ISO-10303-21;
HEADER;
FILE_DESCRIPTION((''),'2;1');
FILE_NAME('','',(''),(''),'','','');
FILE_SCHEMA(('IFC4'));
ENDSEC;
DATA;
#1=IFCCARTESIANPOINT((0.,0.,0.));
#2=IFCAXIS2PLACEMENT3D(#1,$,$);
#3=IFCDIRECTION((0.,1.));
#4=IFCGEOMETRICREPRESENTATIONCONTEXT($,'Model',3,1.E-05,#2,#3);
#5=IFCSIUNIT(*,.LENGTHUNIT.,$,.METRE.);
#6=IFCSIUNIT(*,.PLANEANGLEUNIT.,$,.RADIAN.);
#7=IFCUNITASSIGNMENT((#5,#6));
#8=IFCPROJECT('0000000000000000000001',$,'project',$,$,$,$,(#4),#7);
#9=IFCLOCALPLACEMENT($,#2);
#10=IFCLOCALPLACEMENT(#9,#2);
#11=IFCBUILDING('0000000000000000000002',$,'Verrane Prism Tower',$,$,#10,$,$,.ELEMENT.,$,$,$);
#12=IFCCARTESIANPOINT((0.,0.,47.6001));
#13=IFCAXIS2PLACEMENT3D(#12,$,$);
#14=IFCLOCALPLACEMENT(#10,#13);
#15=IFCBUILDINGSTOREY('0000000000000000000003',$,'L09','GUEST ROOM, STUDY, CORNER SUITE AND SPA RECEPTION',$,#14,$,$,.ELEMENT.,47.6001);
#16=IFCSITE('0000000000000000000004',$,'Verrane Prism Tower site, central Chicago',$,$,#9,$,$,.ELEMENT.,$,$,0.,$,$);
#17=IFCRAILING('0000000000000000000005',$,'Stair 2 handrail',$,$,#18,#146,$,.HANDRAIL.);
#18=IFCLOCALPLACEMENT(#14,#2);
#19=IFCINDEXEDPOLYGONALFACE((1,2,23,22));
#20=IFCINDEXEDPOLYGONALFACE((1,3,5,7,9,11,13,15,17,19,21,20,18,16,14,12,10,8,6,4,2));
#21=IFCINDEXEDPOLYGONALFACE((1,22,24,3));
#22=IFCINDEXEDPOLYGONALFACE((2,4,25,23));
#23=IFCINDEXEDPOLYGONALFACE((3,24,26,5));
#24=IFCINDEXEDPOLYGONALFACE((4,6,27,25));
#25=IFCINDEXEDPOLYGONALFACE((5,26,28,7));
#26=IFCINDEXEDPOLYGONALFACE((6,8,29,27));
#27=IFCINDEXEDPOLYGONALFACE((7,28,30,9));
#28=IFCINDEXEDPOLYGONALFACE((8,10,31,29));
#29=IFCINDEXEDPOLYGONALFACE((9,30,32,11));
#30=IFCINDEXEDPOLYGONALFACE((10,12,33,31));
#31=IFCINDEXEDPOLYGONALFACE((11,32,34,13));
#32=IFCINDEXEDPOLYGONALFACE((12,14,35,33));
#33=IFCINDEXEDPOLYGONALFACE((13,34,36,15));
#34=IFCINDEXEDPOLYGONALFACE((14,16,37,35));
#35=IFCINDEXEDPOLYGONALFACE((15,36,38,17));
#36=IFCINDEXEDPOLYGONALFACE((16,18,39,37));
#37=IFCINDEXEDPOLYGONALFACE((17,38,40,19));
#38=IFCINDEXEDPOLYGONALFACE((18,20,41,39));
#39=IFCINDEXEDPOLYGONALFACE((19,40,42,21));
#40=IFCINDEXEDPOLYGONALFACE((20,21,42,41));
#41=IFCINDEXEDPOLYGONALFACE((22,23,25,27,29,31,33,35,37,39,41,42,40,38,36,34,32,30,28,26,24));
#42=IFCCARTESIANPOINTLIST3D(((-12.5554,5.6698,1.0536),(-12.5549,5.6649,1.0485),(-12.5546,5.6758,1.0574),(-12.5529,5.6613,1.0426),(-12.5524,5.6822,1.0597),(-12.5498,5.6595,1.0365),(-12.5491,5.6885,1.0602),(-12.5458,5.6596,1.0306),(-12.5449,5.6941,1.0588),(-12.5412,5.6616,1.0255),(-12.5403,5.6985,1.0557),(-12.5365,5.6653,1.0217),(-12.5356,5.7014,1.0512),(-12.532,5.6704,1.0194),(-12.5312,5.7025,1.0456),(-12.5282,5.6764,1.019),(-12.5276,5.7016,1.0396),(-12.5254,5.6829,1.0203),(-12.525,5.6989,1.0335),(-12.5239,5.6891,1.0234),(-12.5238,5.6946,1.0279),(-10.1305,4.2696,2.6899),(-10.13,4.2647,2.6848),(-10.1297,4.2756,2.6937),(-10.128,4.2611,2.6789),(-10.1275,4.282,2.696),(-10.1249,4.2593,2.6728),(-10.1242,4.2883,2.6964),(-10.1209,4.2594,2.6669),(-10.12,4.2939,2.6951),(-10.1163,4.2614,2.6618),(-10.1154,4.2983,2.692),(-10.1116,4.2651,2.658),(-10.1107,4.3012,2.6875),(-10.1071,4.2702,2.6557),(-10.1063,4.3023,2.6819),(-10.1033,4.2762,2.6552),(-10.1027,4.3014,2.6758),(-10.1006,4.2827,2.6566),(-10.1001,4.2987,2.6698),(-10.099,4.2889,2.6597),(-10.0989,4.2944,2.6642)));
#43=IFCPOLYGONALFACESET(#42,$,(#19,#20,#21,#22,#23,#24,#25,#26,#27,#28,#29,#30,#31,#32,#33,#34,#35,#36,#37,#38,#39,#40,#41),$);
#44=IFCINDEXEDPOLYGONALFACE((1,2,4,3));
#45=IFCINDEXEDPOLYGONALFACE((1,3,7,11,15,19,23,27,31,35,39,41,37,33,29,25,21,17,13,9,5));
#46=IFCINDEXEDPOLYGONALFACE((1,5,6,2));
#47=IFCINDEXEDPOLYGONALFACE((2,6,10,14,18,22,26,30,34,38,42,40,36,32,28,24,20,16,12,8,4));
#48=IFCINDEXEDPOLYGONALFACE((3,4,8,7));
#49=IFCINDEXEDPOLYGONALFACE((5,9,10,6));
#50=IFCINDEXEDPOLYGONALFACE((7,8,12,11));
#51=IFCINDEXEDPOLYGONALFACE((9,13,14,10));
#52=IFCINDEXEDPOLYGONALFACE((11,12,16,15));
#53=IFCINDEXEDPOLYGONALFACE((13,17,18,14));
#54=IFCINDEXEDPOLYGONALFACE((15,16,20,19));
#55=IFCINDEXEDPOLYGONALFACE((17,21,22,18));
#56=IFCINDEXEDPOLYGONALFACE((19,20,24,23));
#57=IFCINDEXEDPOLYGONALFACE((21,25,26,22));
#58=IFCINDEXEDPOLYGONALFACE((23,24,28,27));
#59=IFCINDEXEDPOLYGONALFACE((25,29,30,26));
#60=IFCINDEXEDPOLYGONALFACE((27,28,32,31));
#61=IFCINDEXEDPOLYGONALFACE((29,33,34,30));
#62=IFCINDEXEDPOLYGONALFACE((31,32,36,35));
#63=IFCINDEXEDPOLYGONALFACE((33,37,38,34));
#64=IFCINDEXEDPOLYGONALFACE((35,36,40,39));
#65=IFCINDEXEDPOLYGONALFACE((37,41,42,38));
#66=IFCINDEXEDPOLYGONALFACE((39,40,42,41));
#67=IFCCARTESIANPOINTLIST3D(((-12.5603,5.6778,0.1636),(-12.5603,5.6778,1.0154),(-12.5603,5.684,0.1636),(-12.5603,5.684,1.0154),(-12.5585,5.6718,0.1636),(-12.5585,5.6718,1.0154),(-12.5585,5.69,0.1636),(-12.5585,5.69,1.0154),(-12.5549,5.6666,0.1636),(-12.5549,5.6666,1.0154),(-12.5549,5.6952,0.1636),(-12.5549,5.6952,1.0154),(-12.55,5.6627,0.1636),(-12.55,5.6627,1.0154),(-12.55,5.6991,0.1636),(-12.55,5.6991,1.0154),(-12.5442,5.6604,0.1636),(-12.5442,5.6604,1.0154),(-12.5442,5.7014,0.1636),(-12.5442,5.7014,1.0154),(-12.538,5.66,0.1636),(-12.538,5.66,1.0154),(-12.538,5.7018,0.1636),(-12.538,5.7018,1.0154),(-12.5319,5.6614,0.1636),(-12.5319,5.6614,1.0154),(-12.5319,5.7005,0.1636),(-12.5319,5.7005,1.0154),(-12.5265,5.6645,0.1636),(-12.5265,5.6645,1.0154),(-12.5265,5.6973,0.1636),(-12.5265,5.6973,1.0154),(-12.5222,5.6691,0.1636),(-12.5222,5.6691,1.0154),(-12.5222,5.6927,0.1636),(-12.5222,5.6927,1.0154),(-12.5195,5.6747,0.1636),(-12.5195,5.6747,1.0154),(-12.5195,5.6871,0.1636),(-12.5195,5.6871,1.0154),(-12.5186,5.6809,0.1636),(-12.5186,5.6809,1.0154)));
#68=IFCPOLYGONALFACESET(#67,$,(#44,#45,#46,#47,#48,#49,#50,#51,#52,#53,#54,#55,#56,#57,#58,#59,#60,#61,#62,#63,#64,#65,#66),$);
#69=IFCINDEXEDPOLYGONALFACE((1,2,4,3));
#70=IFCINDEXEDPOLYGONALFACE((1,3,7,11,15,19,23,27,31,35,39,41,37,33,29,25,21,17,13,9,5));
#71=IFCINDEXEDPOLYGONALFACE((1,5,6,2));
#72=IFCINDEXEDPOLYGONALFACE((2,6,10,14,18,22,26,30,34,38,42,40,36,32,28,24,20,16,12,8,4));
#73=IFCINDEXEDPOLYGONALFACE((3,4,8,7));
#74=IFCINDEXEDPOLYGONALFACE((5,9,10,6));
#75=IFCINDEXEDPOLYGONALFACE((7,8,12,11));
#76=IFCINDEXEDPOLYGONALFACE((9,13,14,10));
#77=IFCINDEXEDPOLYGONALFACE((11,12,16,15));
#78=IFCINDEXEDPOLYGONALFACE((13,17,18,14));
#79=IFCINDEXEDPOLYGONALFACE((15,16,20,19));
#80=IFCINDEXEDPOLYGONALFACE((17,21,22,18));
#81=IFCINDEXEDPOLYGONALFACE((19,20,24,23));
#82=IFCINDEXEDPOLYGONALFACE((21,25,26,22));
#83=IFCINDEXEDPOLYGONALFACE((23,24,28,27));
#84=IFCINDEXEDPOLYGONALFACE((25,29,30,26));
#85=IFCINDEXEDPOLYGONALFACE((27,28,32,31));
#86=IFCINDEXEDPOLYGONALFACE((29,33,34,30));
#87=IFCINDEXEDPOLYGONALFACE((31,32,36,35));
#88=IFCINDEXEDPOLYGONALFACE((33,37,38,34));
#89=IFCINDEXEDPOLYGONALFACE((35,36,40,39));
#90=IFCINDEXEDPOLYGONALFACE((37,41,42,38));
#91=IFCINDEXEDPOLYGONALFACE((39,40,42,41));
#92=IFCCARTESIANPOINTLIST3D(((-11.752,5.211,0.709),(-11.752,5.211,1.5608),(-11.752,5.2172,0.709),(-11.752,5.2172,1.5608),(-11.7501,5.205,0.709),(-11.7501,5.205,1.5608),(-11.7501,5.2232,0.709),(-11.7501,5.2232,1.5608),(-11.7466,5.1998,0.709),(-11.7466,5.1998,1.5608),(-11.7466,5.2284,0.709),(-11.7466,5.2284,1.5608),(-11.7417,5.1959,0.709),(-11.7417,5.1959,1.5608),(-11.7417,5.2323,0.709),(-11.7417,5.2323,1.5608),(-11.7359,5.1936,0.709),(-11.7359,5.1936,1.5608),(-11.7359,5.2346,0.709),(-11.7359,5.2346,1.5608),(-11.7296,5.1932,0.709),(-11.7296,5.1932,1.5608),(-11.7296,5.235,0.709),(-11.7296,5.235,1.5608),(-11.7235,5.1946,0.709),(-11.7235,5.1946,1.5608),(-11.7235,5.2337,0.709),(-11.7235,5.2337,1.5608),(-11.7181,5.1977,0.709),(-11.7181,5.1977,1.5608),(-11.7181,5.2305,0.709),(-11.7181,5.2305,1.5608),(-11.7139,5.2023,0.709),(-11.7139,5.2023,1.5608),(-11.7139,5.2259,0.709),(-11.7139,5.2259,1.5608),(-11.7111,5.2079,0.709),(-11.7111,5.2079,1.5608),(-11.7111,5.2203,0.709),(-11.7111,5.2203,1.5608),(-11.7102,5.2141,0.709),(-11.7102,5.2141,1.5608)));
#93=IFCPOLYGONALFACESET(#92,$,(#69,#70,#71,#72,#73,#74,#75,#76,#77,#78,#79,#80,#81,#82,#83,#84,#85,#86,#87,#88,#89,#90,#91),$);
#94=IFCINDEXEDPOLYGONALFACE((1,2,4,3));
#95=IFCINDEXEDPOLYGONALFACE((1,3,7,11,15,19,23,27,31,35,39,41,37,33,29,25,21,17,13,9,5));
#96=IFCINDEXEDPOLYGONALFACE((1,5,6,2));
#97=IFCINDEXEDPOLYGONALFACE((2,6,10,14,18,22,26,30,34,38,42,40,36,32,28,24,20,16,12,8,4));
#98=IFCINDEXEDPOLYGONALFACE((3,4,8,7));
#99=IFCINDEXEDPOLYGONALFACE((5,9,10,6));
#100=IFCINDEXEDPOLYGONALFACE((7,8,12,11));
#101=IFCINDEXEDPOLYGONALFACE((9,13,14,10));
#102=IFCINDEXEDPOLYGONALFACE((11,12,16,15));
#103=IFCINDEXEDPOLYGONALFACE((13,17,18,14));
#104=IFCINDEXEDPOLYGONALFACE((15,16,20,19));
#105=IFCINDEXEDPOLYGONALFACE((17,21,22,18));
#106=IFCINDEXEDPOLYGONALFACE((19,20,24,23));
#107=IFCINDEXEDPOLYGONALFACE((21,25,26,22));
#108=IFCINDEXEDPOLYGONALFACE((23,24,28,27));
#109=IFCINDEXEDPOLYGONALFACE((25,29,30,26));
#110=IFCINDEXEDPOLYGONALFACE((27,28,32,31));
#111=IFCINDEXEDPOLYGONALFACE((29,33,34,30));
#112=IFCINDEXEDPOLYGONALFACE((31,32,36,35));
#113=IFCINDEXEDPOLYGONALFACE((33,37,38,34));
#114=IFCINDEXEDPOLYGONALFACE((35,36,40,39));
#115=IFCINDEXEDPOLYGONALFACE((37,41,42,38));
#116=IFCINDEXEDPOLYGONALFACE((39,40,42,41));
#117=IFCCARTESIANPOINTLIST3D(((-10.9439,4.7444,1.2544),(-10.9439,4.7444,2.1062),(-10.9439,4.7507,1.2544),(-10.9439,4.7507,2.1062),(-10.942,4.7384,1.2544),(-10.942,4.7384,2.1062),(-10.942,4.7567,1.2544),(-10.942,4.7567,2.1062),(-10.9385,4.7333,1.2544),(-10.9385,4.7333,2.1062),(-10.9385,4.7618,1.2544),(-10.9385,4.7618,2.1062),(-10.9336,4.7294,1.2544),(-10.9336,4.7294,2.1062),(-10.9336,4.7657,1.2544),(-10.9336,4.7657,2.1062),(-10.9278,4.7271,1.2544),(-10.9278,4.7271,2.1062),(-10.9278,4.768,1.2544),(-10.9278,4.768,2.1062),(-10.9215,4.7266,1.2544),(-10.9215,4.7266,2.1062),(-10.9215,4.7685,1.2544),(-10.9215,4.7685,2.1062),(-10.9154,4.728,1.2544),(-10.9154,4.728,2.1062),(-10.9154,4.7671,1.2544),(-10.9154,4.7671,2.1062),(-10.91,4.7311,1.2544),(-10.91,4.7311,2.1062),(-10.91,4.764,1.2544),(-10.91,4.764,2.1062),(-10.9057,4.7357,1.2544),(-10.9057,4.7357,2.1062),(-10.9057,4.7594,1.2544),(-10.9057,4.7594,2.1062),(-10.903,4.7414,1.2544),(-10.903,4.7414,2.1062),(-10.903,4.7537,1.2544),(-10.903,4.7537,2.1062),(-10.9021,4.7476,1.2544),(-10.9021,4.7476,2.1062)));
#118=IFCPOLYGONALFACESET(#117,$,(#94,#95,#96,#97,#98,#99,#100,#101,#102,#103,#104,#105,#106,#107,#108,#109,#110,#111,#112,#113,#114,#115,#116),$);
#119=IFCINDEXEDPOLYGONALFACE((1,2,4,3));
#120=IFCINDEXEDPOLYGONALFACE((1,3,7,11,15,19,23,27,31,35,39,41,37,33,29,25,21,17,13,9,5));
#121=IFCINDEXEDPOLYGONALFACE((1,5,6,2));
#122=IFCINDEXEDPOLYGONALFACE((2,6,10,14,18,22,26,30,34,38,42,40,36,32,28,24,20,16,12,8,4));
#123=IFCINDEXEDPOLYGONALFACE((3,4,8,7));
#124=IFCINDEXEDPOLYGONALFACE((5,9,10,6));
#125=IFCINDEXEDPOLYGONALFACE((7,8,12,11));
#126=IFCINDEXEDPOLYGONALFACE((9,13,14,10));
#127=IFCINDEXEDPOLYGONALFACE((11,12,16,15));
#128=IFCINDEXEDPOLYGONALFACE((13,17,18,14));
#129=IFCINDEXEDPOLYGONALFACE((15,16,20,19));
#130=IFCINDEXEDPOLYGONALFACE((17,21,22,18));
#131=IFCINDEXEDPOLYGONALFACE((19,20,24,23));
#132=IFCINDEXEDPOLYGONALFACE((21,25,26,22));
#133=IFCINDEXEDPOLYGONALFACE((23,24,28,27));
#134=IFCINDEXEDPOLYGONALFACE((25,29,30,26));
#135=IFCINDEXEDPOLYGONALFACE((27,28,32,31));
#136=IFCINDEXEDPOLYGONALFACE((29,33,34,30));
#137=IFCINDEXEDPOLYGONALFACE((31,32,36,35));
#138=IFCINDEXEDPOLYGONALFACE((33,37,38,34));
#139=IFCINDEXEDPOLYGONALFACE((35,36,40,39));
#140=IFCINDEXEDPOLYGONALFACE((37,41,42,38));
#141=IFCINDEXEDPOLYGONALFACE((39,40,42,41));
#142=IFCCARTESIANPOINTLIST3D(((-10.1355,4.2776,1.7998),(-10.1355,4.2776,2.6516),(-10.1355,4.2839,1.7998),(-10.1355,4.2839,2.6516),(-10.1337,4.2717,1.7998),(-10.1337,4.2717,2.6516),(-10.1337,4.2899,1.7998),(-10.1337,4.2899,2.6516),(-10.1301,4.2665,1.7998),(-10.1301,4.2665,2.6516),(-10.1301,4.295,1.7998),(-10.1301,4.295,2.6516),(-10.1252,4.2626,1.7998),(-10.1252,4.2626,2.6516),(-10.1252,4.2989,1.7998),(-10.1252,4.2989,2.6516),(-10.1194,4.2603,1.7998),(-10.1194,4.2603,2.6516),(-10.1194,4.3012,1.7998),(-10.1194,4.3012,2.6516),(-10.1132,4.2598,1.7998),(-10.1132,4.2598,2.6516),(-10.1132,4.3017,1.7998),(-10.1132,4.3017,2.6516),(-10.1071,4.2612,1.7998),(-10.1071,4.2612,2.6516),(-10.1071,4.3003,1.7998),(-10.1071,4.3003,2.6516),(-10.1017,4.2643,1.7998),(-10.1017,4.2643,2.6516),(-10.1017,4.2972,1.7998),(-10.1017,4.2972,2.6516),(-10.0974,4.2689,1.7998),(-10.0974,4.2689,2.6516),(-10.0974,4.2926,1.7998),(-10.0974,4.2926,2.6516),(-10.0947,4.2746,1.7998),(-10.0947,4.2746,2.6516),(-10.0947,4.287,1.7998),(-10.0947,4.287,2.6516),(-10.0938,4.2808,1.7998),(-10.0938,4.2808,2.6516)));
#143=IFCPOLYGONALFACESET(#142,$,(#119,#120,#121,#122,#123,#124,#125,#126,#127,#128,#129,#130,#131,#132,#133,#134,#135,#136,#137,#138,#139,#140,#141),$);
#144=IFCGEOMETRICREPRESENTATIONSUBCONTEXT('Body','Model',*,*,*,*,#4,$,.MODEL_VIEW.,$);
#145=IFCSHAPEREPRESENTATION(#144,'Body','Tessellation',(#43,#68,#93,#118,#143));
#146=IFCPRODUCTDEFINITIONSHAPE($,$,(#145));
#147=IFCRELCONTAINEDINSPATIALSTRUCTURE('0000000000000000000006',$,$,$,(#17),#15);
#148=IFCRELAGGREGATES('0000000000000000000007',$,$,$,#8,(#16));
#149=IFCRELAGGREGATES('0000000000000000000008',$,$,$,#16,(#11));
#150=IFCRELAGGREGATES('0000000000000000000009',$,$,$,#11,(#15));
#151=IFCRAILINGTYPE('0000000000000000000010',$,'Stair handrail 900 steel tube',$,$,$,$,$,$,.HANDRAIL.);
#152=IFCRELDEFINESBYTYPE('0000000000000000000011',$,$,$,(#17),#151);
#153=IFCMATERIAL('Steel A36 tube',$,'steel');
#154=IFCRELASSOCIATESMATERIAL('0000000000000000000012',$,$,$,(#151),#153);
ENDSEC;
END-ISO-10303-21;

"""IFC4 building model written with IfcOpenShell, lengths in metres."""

from ifc_helpers import new_model, si_unit, direction, frame, origin, origin_2d, place, context, subcontext, project, spatial, circle, extrude, material, type_object, element, save


model = new_model("IFC4")

# Units and contexts
model_context = context("Model", 3, precision=1e-05, world=origin(), true_north=direction((0.0, 1.0)))
body_context = subcontext(model_context, "Body", "Model", "MODEL_VIEW")
ifc_project = project(units=[si_unit("LENGTHUNIT", "METRE"), si_unit("PLANEANGLEUNIT", "RADIAN")], contexts=[model_context])

# Site, building, storey
site_placement = place(None, origin())
site = spatial("IfcSite", under=ifc_project, at=site_placement, Name="Verrane Prism Tower site, central Chicago", CompositionType="ELEMENT", RefElevation=0.0)
building_placement = place(site_placement, origin())
building = spatial("IfcBuilding", under=site, at=building_placement, Name="Verrane Prism Tower", CompositionType="ELEMENT")
storey_placement = place(building_placement, frame((0.0, 0.0, 47.6001)))
storey = spatial("IfcBuildingStorey", under=building, at=storey_placement, Name="L09", Description="GUEST ROOM, STUDY, CORNER SUITE AND SPA RECEPTION", CompositionType="ELEMENT", Elevation=47.6001)

# Railing
ifc_material_1 = material(Name="Steel A36 tube", Category="steel")
railing_type_1 = type_object("IfcRailingType", Name="Stair handrail 900 steel tube", PredefinedType="HANDRAIL", material=ifc_material_1)
railing_1_placement = place(storey_placement, frame((-12.5396, 5.6809, 0.1636)))
element("IfcRailing", 1, at=railing_1_placement, inside=storey, type_object=railing_type_1, Name="Stair 2 handrail", PredefinedType="HANDRAIL", context=body_context, shape_type="SweptSolid", body=[
    extrude(circle(Radius=0.0239, at=origin_2d()), frame((0.0, 0.0, 0.876), z_axis=(0.747694, -0.431738, 0.504535), x_axis=(0.50005, 0.865997, 0.0)), (0.0, 0.0, 1.0), 3.2432),
    extrude(circle(Radius=0.021, at=origin_2d()), origin(), (0.0, 0.0, 1.0), 0.8518),
    extrude(circle(Radius=0.021, at=origin_2d()), frame((0.8083, -0.4668, 0.5454)), (0.0, 0.0, 1.0), 0.8518),
    extrude(circle(Radius=0.021, at=origin_2d()), frame((1.6165, -0.9333, 1.0908)), (0.0, 0.0, 1.0), 0.8518),
    extrude(circle(Radius=0.021, at=origin_2d()), frame((2.4248, -1.4001, 1.6362)), (0.0, 0.0, 1.0), 0.8518),
])

save(model, "model.ifc")
